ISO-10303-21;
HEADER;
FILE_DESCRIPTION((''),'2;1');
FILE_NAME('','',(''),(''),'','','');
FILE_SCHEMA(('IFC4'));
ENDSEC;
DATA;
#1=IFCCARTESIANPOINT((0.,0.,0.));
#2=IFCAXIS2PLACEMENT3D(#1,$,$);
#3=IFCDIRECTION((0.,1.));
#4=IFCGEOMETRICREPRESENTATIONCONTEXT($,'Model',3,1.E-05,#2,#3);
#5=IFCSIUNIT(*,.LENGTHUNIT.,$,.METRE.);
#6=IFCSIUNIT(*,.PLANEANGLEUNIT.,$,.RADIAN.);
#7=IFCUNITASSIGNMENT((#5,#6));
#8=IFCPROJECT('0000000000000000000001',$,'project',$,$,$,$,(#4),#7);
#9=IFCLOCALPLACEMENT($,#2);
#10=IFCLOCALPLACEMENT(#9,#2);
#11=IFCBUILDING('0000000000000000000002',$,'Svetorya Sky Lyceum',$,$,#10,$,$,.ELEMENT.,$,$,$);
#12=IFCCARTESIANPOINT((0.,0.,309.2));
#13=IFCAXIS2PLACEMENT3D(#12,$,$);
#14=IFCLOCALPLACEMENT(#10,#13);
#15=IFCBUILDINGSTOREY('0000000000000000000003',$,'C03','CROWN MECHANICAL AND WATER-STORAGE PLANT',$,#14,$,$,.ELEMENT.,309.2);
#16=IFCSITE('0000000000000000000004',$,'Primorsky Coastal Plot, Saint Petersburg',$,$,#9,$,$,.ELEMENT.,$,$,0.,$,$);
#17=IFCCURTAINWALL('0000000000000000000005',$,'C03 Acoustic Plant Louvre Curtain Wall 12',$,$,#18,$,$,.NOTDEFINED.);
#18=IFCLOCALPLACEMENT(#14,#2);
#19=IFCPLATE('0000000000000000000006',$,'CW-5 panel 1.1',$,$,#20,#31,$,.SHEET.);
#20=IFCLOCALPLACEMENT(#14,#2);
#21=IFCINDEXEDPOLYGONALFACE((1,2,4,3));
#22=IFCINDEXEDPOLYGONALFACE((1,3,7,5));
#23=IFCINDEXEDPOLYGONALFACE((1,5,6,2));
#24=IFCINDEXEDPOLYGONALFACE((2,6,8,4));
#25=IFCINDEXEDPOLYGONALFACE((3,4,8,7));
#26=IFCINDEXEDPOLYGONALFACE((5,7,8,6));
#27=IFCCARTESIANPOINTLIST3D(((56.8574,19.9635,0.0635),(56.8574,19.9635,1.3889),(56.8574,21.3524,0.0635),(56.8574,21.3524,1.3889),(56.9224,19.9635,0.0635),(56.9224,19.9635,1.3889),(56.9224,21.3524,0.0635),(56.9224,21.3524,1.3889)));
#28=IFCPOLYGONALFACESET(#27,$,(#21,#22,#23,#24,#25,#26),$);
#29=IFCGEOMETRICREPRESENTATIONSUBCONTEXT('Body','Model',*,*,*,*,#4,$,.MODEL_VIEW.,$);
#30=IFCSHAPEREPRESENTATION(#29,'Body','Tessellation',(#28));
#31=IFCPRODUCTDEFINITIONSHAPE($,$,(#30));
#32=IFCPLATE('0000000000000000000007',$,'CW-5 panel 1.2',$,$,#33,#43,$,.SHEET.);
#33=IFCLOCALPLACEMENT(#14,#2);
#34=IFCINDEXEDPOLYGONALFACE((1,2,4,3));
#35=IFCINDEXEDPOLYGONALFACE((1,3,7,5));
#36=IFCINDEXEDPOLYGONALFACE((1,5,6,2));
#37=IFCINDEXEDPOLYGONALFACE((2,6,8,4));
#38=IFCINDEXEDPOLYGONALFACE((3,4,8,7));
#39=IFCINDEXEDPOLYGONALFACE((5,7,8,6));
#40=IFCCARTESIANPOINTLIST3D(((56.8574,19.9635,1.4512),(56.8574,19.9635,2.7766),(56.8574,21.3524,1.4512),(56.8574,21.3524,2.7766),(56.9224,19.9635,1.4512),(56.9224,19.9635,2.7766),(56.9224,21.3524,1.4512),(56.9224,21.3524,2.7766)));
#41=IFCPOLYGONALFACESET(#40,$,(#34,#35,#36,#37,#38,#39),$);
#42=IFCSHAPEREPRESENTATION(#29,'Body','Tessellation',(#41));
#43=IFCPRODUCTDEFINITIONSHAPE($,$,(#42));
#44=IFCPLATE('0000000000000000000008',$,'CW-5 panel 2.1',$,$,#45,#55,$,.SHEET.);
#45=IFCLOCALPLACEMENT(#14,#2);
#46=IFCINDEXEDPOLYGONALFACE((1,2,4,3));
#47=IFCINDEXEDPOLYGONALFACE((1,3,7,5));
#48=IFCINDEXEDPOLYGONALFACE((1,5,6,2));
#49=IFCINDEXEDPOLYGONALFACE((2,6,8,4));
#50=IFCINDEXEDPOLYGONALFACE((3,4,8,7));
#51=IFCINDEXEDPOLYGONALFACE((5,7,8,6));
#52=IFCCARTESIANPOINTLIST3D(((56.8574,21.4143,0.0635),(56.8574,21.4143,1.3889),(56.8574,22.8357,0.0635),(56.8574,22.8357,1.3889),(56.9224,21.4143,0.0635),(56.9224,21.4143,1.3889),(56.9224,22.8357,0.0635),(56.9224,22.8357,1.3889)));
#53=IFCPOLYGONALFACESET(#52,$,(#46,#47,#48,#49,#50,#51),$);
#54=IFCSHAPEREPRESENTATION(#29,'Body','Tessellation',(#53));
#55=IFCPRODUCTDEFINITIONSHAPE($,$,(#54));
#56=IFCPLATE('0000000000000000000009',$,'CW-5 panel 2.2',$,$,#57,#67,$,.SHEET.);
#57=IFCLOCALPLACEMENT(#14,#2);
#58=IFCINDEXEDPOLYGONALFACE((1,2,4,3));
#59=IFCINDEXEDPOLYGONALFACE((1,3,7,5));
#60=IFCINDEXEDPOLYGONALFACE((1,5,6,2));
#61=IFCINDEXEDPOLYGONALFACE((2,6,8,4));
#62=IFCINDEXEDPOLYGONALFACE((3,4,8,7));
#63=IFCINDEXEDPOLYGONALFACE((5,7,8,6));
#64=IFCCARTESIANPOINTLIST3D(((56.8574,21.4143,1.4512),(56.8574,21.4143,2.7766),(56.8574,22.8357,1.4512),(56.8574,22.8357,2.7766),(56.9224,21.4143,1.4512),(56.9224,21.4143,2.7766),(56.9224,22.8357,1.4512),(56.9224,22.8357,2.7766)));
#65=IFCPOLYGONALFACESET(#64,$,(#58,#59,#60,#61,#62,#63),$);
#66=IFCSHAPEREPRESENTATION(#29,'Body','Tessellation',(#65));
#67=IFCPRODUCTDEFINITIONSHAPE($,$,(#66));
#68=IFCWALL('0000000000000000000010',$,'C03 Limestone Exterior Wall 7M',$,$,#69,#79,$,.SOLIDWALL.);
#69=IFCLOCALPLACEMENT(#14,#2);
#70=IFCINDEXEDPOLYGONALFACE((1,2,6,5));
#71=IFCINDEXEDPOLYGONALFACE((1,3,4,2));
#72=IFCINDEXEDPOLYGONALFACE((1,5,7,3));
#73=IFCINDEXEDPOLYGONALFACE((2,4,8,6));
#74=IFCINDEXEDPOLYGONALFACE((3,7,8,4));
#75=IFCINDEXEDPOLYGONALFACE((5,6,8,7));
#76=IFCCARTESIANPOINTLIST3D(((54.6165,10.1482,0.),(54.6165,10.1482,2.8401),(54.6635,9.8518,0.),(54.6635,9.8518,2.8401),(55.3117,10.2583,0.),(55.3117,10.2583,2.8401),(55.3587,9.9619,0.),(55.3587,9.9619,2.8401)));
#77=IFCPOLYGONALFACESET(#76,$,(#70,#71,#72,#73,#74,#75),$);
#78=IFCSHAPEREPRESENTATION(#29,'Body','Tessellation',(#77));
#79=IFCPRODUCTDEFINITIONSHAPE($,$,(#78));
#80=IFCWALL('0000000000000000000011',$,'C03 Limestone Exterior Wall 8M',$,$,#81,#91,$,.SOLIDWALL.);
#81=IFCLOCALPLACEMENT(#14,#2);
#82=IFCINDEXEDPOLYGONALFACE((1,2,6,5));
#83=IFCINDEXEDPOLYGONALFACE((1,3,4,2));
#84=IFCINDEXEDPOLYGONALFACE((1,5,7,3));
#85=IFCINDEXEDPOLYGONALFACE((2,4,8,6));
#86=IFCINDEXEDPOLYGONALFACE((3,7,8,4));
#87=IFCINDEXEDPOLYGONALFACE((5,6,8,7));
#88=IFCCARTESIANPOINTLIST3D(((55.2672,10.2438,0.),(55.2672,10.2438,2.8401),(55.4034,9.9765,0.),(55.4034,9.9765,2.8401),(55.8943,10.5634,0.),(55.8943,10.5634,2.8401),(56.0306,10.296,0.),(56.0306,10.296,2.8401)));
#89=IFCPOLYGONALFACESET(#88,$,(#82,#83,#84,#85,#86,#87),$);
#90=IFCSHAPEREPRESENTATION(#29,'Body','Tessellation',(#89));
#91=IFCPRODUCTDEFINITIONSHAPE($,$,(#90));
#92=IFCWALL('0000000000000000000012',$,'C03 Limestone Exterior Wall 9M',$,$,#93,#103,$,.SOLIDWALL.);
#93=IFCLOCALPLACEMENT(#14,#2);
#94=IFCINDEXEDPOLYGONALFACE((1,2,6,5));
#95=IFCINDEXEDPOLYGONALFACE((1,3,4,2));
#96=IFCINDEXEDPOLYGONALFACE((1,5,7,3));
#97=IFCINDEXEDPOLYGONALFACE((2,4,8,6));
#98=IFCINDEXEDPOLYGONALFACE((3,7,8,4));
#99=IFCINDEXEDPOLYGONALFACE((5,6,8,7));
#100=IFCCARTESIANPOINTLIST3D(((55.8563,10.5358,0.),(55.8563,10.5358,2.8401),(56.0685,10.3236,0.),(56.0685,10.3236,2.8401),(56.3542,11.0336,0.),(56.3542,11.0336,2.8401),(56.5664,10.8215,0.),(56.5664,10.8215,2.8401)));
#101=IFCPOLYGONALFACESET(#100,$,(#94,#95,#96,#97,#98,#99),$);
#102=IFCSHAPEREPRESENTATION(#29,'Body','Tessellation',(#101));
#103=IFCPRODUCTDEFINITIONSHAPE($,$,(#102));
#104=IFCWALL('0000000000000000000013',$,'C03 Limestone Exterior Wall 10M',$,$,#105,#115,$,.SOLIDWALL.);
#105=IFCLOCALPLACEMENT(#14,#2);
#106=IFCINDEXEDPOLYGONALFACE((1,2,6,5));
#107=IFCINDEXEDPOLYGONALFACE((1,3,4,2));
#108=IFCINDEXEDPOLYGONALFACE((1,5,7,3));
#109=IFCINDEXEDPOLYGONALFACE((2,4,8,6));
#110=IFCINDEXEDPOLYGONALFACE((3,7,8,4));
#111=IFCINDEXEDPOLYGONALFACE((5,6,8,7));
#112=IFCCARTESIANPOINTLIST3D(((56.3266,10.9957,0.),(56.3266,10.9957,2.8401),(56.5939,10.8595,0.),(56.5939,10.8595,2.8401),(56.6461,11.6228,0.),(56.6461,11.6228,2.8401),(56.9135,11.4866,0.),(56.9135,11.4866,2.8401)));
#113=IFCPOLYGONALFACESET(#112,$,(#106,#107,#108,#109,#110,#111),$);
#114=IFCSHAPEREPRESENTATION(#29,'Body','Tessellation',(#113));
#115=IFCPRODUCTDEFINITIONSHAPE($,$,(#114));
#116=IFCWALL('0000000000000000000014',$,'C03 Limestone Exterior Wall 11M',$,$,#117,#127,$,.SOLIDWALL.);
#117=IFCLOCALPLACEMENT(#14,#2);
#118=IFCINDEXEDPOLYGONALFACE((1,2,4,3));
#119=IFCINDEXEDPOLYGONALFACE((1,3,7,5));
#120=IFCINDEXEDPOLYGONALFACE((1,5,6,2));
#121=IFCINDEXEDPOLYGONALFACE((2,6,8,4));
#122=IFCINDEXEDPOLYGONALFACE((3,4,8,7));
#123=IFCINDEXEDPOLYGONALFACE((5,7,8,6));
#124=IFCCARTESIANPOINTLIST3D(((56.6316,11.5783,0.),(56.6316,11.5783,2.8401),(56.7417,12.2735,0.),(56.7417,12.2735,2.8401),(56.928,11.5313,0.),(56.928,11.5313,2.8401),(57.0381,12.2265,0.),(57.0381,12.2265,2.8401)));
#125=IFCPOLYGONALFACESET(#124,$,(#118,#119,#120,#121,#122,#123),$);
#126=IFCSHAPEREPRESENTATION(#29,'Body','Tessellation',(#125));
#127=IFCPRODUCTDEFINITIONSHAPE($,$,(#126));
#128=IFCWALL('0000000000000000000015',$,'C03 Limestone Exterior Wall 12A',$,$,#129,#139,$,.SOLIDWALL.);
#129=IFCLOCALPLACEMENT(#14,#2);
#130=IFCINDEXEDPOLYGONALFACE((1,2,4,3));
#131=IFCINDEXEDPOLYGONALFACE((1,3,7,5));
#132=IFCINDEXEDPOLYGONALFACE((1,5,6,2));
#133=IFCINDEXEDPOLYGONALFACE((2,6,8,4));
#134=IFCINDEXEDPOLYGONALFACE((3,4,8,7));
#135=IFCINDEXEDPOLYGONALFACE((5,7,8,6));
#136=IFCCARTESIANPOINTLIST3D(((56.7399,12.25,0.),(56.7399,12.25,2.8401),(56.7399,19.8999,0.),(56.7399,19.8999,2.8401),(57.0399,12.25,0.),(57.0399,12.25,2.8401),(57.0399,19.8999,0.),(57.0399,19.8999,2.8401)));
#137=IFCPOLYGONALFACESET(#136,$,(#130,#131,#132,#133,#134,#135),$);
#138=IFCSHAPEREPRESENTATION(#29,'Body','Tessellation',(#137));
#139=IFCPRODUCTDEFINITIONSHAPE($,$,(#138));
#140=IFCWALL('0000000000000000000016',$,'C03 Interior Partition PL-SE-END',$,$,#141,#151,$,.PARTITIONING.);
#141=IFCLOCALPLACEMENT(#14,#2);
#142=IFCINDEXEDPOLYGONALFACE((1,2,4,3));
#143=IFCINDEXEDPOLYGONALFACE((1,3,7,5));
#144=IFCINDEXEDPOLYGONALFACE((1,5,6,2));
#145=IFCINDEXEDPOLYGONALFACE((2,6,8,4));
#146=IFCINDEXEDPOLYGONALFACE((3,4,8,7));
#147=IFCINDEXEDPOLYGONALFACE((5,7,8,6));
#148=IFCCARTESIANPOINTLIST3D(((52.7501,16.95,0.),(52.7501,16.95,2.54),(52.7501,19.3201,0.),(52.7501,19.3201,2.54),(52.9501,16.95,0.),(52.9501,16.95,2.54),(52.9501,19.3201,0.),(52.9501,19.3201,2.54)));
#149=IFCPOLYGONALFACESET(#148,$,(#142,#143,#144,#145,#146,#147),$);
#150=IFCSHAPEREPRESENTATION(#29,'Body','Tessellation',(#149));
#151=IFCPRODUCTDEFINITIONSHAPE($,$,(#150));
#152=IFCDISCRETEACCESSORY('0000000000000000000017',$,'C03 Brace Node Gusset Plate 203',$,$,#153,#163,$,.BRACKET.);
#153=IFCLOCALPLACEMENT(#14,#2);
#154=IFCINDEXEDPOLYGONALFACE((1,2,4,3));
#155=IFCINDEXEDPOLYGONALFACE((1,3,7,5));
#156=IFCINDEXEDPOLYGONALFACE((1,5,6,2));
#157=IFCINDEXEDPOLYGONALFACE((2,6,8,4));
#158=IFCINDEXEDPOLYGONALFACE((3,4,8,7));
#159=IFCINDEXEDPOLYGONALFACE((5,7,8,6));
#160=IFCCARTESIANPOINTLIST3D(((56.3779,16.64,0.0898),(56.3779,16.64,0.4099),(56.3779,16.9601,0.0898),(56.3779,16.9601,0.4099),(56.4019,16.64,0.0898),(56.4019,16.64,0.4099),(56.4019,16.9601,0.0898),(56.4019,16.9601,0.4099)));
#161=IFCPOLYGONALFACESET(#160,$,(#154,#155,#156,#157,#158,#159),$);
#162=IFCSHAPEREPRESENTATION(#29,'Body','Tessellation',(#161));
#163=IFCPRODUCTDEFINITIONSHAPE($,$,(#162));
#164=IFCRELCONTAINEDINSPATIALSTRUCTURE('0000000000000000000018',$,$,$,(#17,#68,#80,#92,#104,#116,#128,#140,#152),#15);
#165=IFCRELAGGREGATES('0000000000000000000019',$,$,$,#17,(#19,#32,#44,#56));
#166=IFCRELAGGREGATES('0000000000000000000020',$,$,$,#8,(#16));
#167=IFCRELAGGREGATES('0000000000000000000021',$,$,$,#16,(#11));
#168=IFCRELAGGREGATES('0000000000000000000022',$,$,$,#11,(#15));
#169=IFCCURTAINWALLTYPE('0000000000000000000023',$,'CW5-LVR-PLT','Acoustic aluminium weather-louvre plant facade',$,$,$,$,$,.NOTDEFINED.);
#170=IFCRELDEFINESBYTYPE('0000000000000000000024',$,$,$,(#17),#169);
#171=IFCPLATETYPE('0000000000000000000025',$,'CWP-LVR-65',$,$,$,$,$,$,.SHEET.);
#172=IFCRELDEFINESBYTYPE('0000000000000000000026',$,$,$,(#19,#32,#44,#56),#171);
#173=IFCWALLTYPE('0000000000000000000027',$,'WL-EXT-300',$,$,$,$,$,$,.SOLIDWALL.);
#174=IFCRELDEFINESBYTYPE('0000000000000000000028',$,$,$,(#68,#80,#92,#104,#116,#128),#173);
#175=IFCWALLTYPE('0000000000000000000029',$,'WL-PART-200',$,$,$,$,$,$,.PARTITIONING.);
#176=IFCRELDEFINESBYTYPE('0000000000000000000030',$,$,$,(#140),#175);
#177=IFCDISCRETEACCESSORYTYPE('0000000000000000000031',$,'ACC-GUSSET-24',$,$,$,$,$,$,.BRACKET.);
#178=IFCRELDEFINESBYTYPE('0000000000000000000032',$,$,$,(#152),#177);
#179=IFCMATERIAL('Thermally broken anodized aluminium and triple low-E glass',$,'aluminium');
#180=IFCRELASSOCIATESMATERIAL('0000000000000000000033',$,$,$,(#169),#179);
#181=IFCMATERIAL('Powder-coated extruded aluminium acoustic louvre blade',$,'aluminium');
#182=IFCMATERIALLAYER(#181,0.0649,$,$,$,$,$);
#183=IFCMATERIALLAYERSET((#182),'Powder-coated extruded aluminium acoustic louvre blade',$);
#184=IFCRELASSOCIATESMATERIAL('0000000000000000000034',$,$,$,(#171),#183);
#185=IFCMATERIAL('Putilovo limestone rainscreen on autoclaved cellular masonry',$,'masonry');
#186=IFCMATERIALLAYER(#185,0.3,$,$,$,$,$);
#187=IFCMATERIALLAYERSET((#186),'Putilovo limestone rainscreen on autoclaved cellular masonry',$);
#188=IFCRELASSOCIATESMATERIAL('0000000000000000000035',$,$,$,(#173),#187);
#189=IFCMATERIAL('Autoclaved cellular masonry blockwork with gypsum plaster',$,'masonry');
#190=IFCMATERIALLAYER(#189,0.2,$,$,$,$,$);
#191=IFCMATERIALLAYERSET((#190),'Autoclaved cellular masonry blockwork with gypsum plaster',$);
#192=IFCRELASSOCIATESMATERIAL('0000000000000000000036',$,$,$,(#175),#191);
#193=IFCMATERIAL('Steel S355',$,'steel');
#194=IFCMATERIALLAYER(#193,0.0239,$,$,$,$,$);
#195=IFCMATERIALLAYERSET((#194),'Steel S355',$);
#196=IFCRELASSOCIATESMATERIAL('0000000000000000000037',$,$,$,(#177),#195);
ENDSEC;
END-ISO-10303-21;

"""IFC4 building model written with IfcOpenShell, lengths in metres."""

from ifc_helpers import new_model, si_unit, direction, frame, frame_2d, origin, origin_2d, place, context, subcontext, project, spatial, rectangle, extrude, material, layer, layer_set, type_object, element, aggregate, save


model = new_model("IFC4")

# Units and contexts
model_context = context("Model", 3, precision=1e-05, world=origin(), true_north=direction((0.0, 1.0)))
body_context = subcontext(model_context, "Body", "Model", "MODEL_VIEW")
ifc_project = project(units=[si_unit("LENGTHUNIT", "METRE"), si_unit("PLANEANGLEUNIT", "RADIAN")], contexts=[model_context])

# Site, building, storey
site_placement = place(None, origin())
site = spatial("IfcSite", under=ifc_project, at=site_placement, Name="Primorsky Coastal Plot, Saint Petersburg", CompositionType="ELEMENT", RefElevation=0.0)
building_placement = place(site_placement, origin())
building = spatial("IfcBuilding", under=site, at=building_placement, Name="Svetorya Sky Lyceum", CompositionType="ELEMENT")
storey_placement = place(building_placement, frame((0.0, 0.0, 309.2)))
storey = spatial("IfcBuildingStorey", under=building, at=storey_placement, Name="C03", Description="CROWN MECHANICAL AND WATER-STORAGE PLANT", CompositionType="ELEMENT", Elevation=309.2)

# Shared definitions
ifc_material_1 = material(Name="Steel S355", Category="steel")

# Curtain wall
ifc_material_2 = material(Name="Thermally broken anodized aluminium and triple low-E glass", Category="aluminium")
curtain_wall_type = type_object("IfcCurtainWallType", Name="CW5-LVR-PLT", Description="Acoustic aluminium weather-louvre plant facade", PredefinedType="NOTDEFINED", material=ifc_material_2)
curtain_wall_placement = place(storey_placement, origin())
curtain_wall = element("IfcCurtainWall", 1, at=curtain_wall_placement, inside=storey, type_object=curtain_wall_type, Name="C03 Acoustic Plant Louvre Curtain Wall 12", PredefinedType="NOTDEFINED")

# Plates
ifc_material_3 = material(Name="Powder-coated extruded aluminium acoustic louvre blade", Category="aluminium")
ifc_layer_1 = layer(ifc_material_3, 0.0649)
ifc_layer_set_1 = layer_set([ifc_layer_1], Name="Powder-coated extruded aluminium acoustic louvre blade")
plate_type = type_object("IfcPlateType", Name="CWP-LVR-65", PredefinedType="SHEET", material=ifc_layer_set_1)
plate_1_placement = place(storey_placement, frame((56.8899, 20.658, 0.0635), z_axis=(0.0, 0.0, 1.0), x_axis=(0.0, 1.0, 0.0)))
plate_1 = element("IfcPlate", 2, at=plate_1_placement, type_object=plate_type, Name="CW-5 panel 1.1", PredefinedType="SHEET", context=body_context, shape_type="SweptSolid", body=[
    extrude(rectangle(XDim=1.3889, YDim=0.0649, at=origin_2d()), origin(), (0.0, 0.0, 1.0), 1.3254),
])
plate_2_placement = place(storey_placement, frame((56.8899, 20.658, 1.4512), z_axis=(0.0, 0.0, 1.0), x_axis=(0.0, 1.0, 0.0)))
plate_2 = element("IfcPlate", 3, at=plate_2_placement, type_object=plate_type, Name="CW-5 panel 1.2", PredefinedType="SHEET", context=body_context, shape_type="SweptSolid", body=[
    extrude(rectangle(XDim=1.3889, YDim=0.0649, at=origin_2d()), origin(), (0.0, 0.0, 1.0), 1.3254),
])
plate_3_placement = place(storey_placement, frame((56.8899, 22.125, 0.0635), z_axis=(0.0, 0.0, 1.0), x_axis=(0.0, 1.0, 0.0)))
plate_3 = element("IfcPlate", 4, at=plate_3_placement, type_object=plate_type, Name="CW-5 panel 2.1", PredefinedType="SHEET", context=body_context, shape_type="SweptSolid", body=[
    extrude(rectangle(XDim=1.4214, YDim=0.0649, at=origin_2d()), origin(), (0.0, 0.0, 1.0), 1.3254),
])
plate_4_placement = place(storey_placement, frame((56.8899, 22.125, 1.4512), z_axis=(0.0, 0.0, 1.0), x_axis=(0.0, 1.0, 0.0)))
plate_4 = element("IfcPlate", 5, at=plate_4_placement, type_object=plate_type, Name="CW-5 panel 2.2", PredefinedType="SHEET", context=body_context, shape_type="SweptSolid", body=[
    extrude(rectangle(XDim=1.4214, YDim=0.0649, at=origin_2d()), origin(), (0.0, 0.0, 1.0), 1.3254),
])
aggregate(curtain_wall, [plate_1, plate_2, plate_3, plate_4])

# Walls
ifc_material_4 = material(Name="Putilovo limestone rainscreen on autoclaved cellular masonry", Category="masonry")
ifc_layer_2 = layer(ifc_material_4, 0.3)
ifc_layer_set_2 = layer_set([ifc_layer_2], Name="Putilovo limestone rainscreen on autoclaved cellular masonry")
wall_type_1 = type_object("IfcWallType", Name="WL-EXT-300", PredefinedType="SOLIDWALL", material=ifc_layer_set_2)
for number, where, z_axis, x_axis, name in (
    (6, (54.6399, 10.0, 0.0), (0.0, 0.0, 1.0), (0.987693, 0.156408, 0.0), "C03 Limestone Exterior Wall 7M"),
    (7, (55.3352, 10.1101, 0.0), (0.0, 0.0, 1.0), (0.891002, 0.453999, 0.0), "C03 Limestone Exterior Wall 8M"),
):
    element("IfcWall", number, at=place(storey_placement, frame(where, z_axis=z_axis, x_axis=x_axis)), inside=storey, type_object=wall_type_1, Name=name, PredefinedType="SOLIDWALL", context=body_context, shape_type="SweptSolid", body=[
        extrude(rectangle(XDim=0.7039, YDim=0.3, at=frame_2d((0.3521, 0.0))), origin(), (0.0, 0.0, 1.0), 2.8401),
    ])
wall_1_placement = place(storey_placement, frame((55.9624, 10.4297, 0.0), z_axis=(0.0, 0.0, 1.0), x_axis=(0.707107, 0.707107, 0.0)))
element("IfcWall", 8, at=wall_1_placement, inside=storey, type_object=wall_type_1, Name="C03 Limestone Exterior Wall 9M", PredefinedType="SOLIDWALL", context=body_context, shape_type="SweptSolid", body=[
    extrude(rectangle(XDim=0.7041, YDim=0.3, at=frame_2d((0.3521, 0.0))), origin(), (0.0, 0.0, 1.0), 2.8401),
])
for number, where, z_axis, x_axis, name in (
    (9, (56.4602, 10.9275, 0.0), (0.0, 0.0, 1.0), (0.453999, 0.891002, 0.0), "C03 Limestone Exterior Wall 10M"),
    (10, (56.7798, 11.5547, 0.0), (0.0, 0.0, 1.0), (0.156408, 0.987693, 0.0), "C03 Limestone Exterior Wall 11M"),
):
    element("IfcWall", number, at=place(storey_placement, frame(where, z_axis=z_axis, x_axis=x_axis)), inside=storey, type_object=wall_type_1, Name=name, PredefinedType="SOLIDWALL", context=body_context, shape_type="SweptSolid", body=[
        extrude(rectangle(XDim=0.7039, YDim=0.3, at=frame_2d((0.3521, 0.0))), origin(), (0.0, 0.0, 1.0), 2.8401),
    ])
wall_2_placement = place(storey_placement, frame((56.8899, 12.25, 0.0), z_axis=(0.0, 0.0, 1.0), x_axis=(0.0, 1.0, 0.0)))
element("IfcWall", 11, at=wall_2_placement, inside=storey, type_object=wall_type_1, Name="C03 Limestone Exterior Wall 12A", PredefinedType="SOLIDWALL", context=body_context, shape_type="SweptSolid", body=[
    extrude(rectangle(XDim=7.6499, YDim=0.3, at=frame_2d((3.825, 0.0))), origin(), (0.0, 0.0, 1.0), 2.8401),
])
ifc_material_5 = material(Name="Autoclaved cellular masonry blockwork with gypsum plaster", Category="masonry")
ifc_layer_3 = layer(ifc_material_5, 0.2)
ifc_layer_set_3 = layer_set([ifc_layer_3], Name="Autoclaved cellular masonry blockwork with gypsum plaster")
wall_type_2 = type_object("IfcWallType", Name="WL-PART-200", PredefinedType="PARTITIONING", material=ifc_layer_set_3)
wall_3_placement = place(storey_placement, frame((52.8501, 16.95, 0.0), z_axis=(0.0, 0.0, 1.0), x_axis=(0.0, 1.0, 0.0)))
element("IfcWall", 12, at=wall_3_placement, inside=storey, type_object=wall_type_2, Name="C03 Interior Partition PL-SE-END", PredefinedType="PARTITIONING", context=body_context, shape_type="SweptSolid", body=[
    extrude(rectangle(XDim=2.3701, YDim=0.2, at=frame_2d((1.1851, 0.0))), origin(), (0.0, 0.0, 1.0), 2.54),
])

# Discrete accessory
ifc_layer_4 = layer(ifc_material_1, 0.0239)
ifc_layer_set_4 = layer_set([ifc_layer_4], Name="Steel S355")
discrete_accessory_type = type_object("IfcDiscreteAccessoryType", Name="ACC-GUSSET-24", PredefinedType="BRACKET", material=ifc_layer_set_4)
discrete_accessory_placement = place(storey_placement, frame((56.3899, 16.8, 0.0898), z_axis=(0.0, 0.0, 1.0), x_axis=(1.0, 0.0, 0.0)))
element("IfcDiscreteAccessory", 13, at=discrete_accessory_placement, inside=storey, type_object=discrete_accessory_type, Name="C03 Brace Node Gusset Plate 203", PredefinedType="BRACKET", context=body_context, shape_type="SweptSolid", body=[
    extrude(rectangle(XDim=0.0239, YDim=0.3201, at=origin_2d()), origin(), (0.0, 0.0, 1.0), 0.3201),
])

save(model, "model.ifc")
